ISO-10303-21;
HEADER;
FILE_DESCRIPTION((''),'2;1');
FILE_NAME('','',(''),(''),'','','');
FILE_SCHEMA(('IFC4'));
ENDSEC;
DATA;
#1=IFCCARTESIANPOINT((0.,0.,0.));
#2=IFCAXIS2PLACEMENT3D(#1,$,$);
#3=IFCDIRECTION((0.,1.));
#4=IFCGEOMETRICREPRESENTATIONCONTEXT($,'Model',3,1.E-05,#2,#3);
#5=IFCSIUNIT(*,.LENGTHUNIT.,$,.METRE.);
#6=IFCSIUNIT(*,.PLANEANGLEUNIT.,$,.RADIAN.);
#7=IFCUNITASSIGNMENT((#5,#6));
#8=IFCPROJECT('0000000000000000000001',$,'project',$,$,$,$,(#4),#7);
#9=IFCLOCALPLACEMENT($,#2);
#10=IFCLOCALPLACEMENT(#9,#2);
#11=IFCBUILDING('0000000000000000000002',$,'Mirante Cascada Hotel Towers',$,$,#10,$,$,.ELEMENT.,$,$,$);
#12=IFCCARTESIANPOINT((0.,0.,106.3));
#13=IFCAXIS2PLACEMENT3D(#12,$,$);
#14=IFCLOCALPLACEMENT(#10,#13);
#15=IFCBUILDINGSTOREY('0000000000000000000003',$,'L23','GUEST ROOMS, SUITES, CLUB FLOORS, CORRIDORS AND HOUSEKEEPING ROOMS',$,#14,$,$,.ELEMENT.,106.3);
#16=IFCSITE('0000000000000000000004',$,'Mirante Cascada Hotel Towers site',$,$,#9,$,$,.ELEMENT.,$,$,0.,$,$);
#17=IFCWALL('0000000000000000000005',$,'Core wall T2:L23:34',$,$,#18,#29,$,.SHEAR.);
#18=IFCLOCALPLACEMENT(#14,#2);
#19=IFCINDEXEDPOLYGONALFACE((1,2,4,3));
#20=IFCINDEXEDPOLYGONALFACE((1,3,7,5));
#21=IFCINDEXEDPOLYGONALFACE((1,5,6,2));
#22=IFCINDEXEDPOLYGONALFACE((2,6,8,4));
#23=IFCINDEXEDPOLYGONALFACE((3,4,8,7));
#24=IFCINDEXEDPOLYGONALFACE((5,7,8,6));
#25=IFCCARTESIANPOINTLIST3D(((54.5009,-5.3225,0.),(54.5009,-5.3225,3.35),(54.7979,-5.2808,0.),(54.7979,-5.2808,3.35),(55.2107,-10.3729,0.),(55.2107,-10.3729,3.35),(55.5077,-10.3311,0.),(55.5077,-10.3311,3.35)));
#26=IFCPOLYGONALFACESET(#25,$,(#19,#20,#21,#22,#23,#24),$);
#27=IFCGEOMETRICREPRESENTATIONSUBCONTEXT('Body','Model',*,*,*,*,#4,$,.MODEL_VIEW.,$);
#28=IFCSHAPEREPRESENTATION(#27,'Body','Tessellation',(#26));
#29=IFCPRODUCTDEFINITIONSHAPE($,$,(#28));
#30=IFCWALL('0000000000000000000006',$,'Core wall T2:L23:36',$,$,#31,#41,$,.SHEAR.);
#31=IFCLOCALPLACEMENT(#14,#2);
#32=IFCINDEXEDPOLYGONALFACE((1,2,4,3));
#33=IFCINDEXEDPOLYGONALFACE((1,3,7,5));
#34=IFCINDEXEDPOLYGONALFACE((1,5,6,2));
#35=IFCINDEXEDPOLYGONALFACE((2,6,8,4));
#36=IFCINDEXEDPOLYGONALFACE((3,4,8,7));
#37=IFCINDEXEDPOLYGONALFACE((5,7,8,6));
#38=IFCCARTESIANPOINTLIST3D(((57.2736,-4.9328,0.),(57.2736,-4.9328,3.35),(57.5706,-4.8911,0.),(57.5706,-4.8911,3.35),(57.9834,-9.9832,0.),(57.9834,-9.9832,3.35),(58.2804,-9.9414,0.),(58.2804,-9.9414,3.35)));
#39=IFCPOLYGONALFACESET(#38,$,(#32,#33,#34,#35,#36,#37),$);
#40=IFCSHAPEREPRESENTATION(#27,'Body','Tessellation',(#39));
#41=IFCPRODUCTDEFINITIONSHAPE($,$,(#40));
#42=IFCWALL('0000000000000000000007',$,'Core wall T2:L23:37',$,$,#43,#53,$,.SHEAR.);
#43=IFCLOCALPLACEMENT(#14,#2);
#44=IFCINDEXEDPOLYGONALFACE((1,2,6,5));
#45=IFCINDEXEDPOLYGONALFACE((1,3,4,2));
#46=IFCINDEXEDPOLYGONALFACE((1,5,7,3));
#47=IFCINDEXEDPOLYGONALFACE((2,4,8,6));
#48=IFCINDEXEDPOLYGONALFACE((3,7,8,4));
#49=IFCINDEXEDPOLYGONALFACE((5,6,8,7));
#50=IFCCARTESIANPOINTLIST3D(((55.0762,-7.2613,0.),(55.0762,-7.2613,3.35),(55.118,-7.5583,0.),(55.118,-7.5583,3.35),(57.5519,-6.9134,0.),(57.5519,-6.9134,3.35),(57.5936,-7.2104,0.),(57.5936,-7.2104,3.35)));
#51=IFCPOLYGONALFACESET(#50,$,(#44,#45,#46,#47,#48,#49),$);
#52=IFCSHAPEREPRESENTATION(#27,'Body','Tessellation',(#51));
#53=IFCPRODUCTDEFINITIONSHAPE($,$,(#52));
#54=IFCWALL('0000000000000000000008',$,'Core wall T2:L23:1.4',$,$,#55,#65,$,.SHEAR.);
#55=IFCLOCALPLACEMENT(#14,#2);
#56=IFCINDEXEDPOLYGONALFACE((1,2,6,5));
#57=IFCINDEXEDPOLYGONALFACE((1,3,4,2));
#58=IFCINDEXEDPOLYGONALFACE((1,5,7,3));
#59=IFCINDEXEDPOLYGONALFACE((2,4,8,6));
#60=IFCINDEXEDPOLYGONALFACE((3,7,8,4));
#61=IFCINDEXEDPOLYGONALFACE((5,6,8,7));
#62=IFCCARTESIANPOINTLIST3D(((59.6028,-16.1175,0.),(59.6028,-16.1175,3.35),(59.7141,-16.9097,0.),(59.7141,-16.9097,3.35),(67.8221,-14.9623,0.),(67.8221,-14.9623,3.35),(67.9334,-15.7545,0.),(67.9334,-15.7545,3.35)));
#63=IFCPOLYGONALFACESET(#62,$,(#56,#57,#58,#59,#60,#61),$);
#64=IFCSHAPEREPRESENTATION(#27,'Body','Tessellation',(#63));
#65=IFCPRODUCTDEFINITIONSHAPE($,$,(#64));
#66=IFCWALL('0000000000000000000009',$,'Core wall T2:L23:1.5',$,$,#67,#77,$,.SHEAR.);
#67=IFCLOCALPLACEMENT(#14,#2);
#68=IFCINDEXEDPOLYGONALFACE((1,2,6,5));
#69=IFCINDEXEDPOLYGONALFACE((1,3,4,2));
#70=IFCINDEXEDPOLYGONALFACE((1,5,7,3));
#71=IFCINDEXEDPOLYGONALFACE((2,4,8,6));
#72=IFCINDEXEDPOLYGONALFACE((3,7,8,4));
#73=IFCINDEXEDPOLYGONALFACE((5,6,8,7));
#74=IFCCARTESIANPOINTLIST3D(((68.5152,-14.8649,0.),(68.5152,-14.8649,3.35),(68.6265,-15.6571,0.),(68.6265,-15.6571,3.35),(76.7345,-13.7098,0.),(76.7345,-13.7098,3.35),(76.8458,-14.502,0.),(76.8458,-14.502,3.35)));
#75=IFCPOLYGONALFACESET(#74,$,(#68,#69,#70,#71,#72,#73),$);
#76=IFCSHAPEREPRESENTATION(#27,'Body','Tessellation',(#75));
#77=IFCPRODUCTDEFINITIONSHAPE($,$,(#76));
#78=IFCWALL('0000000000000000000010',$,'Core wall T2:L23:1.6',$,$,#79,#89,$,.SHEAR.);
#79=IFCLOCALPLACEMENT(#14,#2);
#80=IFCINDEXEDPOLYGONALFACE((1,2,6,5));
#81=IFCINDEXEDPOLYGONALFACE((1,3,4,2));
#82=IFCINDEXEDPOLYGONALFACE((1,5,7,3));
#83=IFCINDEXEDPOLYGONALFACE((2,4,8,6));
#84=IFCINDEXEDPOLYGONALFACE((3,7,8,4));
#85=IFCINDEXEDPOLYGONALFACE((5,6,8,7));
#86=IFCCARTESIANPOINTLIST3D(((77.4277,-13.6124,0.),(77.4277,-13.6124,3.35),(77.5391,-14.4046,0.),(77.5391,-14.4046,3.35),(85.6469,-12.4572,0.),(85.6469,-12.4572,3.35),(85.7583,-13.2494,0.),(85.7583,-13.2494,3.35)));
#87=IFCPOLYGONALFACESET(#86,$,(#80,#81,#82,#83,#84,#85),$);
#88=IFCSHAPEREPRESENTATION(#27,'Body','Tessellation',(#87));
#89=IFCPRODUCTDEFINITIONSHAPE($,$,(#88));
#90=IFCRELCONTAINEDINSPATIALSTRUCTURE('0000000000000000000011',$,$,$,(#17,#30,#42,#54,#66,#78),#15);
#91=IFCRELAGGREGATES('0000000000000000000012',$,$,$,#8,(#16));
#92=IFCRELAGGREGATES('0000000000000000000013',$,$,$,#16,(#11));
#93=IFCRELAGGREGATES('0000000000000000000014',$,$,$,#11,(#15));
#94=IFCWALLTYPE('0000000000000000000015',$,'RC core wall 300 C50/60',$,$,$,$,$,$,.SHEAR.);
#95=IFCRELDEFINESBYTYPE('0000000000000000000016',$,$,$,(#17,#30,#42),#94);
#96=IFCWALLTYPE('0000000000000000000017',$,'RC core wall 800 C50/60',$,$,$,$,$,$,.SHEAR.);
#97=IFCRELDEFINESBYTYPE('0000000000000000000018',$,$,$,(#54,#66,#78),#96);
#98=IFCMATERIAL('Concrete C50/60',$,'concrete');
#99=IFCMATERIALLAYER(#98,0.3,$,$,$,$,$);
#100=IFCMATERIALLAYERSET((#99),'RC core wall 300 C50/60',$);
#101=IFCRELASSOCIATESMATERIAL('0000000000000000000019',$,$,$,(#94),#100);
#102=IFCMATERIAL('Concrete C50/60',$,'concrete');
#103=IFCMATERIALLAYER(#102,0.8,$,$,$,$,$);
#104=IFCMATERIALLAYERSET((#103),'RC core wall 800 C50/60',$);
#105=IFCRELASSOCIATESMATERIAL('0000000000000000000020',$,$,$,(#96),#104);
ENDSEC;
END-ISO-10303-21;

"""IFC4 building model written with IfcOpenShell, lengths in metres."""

from ifc_helpers import new_model, si_unit, direction, frame, frame_2d, origin, place, context, subcontext, project, spatial, rectangle, extrude, material, layer, layer_set, type_object, element, save


model = new_model("IFC4")

# Units and contexts
model_context = context("Model", 3, precision=1e-05, world=origin(), true_north=direction((0.0, 1.0)))
body_context = subcontext(model_context, "Body", "Model", "MODEL_VIEW")
ifc_project = project(units=[si_unit("LENGTHUNIT", "METRE"), si_unit("PLANEANGLEUNIT", "RADIAN")], contexts=[model_context])

# Site, building, storey
site_placement = place(None, origin())
site = spatial("IfcSite", under=ifc_project, at=site_placement, Name="Mirante Cascada Hotel Towers site", CompositionType="ELEMENT", RefElevation=0.0)
building_placement = place(site_placement, origin())
building = spatial("IfcBuilding", under=site, at=building_placement, Name="Mirante Cascada Hotel Towers", CompositionType="ELEMENT")
storey_placement = place(building_placement, frame((0.0, 0.0, 106.3)))
storey = spatial("IfcBuildingStorey", under=building, at=storey_placement, Name="L23", Description="GUEST ROOMS, SUITES, CLUB FLOORS, CORRIDORS AND HOUSEKEEPING ROOMS", CompositionType="ELEMENT", Elevation=106.3)

# Shared definitions
ifc_material_1 = material(Name="Concrete C50/60", Category="concrete")
ifc_layer_1 = layer(ifc_material_1, 0.3)
ifc_layer_set_1 = layer_set([ifc_layer_1], Name="RC core wall 300 C50/60")
wall_type_1 = type_object("IfcWallType", Name="RC core wall 300 C50/60", PredefinedType="SHEAR", material=ifc_layer_set_1)

# Walls
for number, where, z_axis, x_axis, name in (
    (1, (55.3592, -10.352, 0.0), (0.0, 0.0, 1.0), (-0.139176, 0.990268, 0.0), "Core wall T2:L23:34"),
    (2, (58.1319, -9.9623, 0.0), (0.0, 0.0, 1.0), (-0.139176, 0.990268, 0.0), "Core wall T2:L23:36"),
):
    element("IfcWall", number, at=place(storey_placement, frame(where, z_axis=z_axis, x_axis=x_axis)), inside=storey, type_object=wall_type_1, Name=name, PredefinedType="SHEAR", context=body_context, shape_type="SweptSolid", body=[
        extrude(rectangle(XDim=5.1, YDim=0.3, at=frame_2d((2.55, 0.0))), origin(), (0.0, 0.0, 1.0), 3.35),
    ])
wall_1_placement = place(storey_placement, frame((55.0971, -7.4098, 0.0), z_axis=(0.0, 0.0, 1.0), x_axis=(0.99027, 0.139159, 0.0)))
element("IfcWall", 3, at=wall_1_placement, inside=storey, type_object=wall_type_1, Name="Core wall T2:L23:37", PredefinedType="SHEAR", context=body_context, shape_type="SweptSolid", body=[
    extrude(rectangle(XDim=2.5, YDim=0.3, at=frame_2d((1.25, 0.0))), origin(), (0.0, 0.0, 1.0), 3.35),
])
ifc_material_2 = material(Name="Concrete C50/60", Category="concrete")
ifc_layer_2 = layer(ifc_material_2, 0.8)
ifc_layer_set_2 = layer_set([ifc_layer_2], Name="RC core wall 800 C50/60")
wall_type_2 = type_object("IfcWallType", Name="RC core wall 800 C50/60", PredefinedType="SHEAR", material=ifc_layer_set_2)
for number, where, z_axis, x_axis, name in (
    (4, (59.6585, -16.5136, 0.0), (0.0, 0.0, 1.0), (0.990267, 0.139179, 0.0), "Core wall T2:L23:1.4"),
    (5, (68.5709, -15.261, 0.0), (0.0, 0.0, 1.0), (0.990269, 0.139167, 0.0), "Core wall T2:L23:1.5"),
):
    element("IfcWall", number, at=place(storey_placement, frame(where, z_axis=z_axis, x_axis=x_axis)), inside=storey, type_object=wall_type_2, Name=name, PredefinedType="SHEAR", context=body_context, shape_type="SweptSolid", body=[
        extrude(rectangle(XDim=8.3001, YDim=0.8, at=frame_2d((4.15, 0.0))), origin(), (0.0, 0.0, 1.0), 3.35),
    ])
wall_2_placement = place(storey_placement, frame((77.4834, -14.0085, 0.0), z_axis=(0.0, 0.0, 1.0), x_axis=(0.990267, 0.139181, 0.0)))
element("IfcWall", 6, at=wall_2_placement, inside=storey, type_object=wall_type_2, Name="Core wall T2:L23:1.6", PredefinedType="SHEAR", context=body_context, shape_type="SweptSolid", body=[
    extrude(rectangle(XDim=8.3, YDim=0.8, at=frame_2d((4.15, 0.0))), origin(), (0.0, 0.0, 1.0), 3.35),
])

save(model, "model.ifc")
